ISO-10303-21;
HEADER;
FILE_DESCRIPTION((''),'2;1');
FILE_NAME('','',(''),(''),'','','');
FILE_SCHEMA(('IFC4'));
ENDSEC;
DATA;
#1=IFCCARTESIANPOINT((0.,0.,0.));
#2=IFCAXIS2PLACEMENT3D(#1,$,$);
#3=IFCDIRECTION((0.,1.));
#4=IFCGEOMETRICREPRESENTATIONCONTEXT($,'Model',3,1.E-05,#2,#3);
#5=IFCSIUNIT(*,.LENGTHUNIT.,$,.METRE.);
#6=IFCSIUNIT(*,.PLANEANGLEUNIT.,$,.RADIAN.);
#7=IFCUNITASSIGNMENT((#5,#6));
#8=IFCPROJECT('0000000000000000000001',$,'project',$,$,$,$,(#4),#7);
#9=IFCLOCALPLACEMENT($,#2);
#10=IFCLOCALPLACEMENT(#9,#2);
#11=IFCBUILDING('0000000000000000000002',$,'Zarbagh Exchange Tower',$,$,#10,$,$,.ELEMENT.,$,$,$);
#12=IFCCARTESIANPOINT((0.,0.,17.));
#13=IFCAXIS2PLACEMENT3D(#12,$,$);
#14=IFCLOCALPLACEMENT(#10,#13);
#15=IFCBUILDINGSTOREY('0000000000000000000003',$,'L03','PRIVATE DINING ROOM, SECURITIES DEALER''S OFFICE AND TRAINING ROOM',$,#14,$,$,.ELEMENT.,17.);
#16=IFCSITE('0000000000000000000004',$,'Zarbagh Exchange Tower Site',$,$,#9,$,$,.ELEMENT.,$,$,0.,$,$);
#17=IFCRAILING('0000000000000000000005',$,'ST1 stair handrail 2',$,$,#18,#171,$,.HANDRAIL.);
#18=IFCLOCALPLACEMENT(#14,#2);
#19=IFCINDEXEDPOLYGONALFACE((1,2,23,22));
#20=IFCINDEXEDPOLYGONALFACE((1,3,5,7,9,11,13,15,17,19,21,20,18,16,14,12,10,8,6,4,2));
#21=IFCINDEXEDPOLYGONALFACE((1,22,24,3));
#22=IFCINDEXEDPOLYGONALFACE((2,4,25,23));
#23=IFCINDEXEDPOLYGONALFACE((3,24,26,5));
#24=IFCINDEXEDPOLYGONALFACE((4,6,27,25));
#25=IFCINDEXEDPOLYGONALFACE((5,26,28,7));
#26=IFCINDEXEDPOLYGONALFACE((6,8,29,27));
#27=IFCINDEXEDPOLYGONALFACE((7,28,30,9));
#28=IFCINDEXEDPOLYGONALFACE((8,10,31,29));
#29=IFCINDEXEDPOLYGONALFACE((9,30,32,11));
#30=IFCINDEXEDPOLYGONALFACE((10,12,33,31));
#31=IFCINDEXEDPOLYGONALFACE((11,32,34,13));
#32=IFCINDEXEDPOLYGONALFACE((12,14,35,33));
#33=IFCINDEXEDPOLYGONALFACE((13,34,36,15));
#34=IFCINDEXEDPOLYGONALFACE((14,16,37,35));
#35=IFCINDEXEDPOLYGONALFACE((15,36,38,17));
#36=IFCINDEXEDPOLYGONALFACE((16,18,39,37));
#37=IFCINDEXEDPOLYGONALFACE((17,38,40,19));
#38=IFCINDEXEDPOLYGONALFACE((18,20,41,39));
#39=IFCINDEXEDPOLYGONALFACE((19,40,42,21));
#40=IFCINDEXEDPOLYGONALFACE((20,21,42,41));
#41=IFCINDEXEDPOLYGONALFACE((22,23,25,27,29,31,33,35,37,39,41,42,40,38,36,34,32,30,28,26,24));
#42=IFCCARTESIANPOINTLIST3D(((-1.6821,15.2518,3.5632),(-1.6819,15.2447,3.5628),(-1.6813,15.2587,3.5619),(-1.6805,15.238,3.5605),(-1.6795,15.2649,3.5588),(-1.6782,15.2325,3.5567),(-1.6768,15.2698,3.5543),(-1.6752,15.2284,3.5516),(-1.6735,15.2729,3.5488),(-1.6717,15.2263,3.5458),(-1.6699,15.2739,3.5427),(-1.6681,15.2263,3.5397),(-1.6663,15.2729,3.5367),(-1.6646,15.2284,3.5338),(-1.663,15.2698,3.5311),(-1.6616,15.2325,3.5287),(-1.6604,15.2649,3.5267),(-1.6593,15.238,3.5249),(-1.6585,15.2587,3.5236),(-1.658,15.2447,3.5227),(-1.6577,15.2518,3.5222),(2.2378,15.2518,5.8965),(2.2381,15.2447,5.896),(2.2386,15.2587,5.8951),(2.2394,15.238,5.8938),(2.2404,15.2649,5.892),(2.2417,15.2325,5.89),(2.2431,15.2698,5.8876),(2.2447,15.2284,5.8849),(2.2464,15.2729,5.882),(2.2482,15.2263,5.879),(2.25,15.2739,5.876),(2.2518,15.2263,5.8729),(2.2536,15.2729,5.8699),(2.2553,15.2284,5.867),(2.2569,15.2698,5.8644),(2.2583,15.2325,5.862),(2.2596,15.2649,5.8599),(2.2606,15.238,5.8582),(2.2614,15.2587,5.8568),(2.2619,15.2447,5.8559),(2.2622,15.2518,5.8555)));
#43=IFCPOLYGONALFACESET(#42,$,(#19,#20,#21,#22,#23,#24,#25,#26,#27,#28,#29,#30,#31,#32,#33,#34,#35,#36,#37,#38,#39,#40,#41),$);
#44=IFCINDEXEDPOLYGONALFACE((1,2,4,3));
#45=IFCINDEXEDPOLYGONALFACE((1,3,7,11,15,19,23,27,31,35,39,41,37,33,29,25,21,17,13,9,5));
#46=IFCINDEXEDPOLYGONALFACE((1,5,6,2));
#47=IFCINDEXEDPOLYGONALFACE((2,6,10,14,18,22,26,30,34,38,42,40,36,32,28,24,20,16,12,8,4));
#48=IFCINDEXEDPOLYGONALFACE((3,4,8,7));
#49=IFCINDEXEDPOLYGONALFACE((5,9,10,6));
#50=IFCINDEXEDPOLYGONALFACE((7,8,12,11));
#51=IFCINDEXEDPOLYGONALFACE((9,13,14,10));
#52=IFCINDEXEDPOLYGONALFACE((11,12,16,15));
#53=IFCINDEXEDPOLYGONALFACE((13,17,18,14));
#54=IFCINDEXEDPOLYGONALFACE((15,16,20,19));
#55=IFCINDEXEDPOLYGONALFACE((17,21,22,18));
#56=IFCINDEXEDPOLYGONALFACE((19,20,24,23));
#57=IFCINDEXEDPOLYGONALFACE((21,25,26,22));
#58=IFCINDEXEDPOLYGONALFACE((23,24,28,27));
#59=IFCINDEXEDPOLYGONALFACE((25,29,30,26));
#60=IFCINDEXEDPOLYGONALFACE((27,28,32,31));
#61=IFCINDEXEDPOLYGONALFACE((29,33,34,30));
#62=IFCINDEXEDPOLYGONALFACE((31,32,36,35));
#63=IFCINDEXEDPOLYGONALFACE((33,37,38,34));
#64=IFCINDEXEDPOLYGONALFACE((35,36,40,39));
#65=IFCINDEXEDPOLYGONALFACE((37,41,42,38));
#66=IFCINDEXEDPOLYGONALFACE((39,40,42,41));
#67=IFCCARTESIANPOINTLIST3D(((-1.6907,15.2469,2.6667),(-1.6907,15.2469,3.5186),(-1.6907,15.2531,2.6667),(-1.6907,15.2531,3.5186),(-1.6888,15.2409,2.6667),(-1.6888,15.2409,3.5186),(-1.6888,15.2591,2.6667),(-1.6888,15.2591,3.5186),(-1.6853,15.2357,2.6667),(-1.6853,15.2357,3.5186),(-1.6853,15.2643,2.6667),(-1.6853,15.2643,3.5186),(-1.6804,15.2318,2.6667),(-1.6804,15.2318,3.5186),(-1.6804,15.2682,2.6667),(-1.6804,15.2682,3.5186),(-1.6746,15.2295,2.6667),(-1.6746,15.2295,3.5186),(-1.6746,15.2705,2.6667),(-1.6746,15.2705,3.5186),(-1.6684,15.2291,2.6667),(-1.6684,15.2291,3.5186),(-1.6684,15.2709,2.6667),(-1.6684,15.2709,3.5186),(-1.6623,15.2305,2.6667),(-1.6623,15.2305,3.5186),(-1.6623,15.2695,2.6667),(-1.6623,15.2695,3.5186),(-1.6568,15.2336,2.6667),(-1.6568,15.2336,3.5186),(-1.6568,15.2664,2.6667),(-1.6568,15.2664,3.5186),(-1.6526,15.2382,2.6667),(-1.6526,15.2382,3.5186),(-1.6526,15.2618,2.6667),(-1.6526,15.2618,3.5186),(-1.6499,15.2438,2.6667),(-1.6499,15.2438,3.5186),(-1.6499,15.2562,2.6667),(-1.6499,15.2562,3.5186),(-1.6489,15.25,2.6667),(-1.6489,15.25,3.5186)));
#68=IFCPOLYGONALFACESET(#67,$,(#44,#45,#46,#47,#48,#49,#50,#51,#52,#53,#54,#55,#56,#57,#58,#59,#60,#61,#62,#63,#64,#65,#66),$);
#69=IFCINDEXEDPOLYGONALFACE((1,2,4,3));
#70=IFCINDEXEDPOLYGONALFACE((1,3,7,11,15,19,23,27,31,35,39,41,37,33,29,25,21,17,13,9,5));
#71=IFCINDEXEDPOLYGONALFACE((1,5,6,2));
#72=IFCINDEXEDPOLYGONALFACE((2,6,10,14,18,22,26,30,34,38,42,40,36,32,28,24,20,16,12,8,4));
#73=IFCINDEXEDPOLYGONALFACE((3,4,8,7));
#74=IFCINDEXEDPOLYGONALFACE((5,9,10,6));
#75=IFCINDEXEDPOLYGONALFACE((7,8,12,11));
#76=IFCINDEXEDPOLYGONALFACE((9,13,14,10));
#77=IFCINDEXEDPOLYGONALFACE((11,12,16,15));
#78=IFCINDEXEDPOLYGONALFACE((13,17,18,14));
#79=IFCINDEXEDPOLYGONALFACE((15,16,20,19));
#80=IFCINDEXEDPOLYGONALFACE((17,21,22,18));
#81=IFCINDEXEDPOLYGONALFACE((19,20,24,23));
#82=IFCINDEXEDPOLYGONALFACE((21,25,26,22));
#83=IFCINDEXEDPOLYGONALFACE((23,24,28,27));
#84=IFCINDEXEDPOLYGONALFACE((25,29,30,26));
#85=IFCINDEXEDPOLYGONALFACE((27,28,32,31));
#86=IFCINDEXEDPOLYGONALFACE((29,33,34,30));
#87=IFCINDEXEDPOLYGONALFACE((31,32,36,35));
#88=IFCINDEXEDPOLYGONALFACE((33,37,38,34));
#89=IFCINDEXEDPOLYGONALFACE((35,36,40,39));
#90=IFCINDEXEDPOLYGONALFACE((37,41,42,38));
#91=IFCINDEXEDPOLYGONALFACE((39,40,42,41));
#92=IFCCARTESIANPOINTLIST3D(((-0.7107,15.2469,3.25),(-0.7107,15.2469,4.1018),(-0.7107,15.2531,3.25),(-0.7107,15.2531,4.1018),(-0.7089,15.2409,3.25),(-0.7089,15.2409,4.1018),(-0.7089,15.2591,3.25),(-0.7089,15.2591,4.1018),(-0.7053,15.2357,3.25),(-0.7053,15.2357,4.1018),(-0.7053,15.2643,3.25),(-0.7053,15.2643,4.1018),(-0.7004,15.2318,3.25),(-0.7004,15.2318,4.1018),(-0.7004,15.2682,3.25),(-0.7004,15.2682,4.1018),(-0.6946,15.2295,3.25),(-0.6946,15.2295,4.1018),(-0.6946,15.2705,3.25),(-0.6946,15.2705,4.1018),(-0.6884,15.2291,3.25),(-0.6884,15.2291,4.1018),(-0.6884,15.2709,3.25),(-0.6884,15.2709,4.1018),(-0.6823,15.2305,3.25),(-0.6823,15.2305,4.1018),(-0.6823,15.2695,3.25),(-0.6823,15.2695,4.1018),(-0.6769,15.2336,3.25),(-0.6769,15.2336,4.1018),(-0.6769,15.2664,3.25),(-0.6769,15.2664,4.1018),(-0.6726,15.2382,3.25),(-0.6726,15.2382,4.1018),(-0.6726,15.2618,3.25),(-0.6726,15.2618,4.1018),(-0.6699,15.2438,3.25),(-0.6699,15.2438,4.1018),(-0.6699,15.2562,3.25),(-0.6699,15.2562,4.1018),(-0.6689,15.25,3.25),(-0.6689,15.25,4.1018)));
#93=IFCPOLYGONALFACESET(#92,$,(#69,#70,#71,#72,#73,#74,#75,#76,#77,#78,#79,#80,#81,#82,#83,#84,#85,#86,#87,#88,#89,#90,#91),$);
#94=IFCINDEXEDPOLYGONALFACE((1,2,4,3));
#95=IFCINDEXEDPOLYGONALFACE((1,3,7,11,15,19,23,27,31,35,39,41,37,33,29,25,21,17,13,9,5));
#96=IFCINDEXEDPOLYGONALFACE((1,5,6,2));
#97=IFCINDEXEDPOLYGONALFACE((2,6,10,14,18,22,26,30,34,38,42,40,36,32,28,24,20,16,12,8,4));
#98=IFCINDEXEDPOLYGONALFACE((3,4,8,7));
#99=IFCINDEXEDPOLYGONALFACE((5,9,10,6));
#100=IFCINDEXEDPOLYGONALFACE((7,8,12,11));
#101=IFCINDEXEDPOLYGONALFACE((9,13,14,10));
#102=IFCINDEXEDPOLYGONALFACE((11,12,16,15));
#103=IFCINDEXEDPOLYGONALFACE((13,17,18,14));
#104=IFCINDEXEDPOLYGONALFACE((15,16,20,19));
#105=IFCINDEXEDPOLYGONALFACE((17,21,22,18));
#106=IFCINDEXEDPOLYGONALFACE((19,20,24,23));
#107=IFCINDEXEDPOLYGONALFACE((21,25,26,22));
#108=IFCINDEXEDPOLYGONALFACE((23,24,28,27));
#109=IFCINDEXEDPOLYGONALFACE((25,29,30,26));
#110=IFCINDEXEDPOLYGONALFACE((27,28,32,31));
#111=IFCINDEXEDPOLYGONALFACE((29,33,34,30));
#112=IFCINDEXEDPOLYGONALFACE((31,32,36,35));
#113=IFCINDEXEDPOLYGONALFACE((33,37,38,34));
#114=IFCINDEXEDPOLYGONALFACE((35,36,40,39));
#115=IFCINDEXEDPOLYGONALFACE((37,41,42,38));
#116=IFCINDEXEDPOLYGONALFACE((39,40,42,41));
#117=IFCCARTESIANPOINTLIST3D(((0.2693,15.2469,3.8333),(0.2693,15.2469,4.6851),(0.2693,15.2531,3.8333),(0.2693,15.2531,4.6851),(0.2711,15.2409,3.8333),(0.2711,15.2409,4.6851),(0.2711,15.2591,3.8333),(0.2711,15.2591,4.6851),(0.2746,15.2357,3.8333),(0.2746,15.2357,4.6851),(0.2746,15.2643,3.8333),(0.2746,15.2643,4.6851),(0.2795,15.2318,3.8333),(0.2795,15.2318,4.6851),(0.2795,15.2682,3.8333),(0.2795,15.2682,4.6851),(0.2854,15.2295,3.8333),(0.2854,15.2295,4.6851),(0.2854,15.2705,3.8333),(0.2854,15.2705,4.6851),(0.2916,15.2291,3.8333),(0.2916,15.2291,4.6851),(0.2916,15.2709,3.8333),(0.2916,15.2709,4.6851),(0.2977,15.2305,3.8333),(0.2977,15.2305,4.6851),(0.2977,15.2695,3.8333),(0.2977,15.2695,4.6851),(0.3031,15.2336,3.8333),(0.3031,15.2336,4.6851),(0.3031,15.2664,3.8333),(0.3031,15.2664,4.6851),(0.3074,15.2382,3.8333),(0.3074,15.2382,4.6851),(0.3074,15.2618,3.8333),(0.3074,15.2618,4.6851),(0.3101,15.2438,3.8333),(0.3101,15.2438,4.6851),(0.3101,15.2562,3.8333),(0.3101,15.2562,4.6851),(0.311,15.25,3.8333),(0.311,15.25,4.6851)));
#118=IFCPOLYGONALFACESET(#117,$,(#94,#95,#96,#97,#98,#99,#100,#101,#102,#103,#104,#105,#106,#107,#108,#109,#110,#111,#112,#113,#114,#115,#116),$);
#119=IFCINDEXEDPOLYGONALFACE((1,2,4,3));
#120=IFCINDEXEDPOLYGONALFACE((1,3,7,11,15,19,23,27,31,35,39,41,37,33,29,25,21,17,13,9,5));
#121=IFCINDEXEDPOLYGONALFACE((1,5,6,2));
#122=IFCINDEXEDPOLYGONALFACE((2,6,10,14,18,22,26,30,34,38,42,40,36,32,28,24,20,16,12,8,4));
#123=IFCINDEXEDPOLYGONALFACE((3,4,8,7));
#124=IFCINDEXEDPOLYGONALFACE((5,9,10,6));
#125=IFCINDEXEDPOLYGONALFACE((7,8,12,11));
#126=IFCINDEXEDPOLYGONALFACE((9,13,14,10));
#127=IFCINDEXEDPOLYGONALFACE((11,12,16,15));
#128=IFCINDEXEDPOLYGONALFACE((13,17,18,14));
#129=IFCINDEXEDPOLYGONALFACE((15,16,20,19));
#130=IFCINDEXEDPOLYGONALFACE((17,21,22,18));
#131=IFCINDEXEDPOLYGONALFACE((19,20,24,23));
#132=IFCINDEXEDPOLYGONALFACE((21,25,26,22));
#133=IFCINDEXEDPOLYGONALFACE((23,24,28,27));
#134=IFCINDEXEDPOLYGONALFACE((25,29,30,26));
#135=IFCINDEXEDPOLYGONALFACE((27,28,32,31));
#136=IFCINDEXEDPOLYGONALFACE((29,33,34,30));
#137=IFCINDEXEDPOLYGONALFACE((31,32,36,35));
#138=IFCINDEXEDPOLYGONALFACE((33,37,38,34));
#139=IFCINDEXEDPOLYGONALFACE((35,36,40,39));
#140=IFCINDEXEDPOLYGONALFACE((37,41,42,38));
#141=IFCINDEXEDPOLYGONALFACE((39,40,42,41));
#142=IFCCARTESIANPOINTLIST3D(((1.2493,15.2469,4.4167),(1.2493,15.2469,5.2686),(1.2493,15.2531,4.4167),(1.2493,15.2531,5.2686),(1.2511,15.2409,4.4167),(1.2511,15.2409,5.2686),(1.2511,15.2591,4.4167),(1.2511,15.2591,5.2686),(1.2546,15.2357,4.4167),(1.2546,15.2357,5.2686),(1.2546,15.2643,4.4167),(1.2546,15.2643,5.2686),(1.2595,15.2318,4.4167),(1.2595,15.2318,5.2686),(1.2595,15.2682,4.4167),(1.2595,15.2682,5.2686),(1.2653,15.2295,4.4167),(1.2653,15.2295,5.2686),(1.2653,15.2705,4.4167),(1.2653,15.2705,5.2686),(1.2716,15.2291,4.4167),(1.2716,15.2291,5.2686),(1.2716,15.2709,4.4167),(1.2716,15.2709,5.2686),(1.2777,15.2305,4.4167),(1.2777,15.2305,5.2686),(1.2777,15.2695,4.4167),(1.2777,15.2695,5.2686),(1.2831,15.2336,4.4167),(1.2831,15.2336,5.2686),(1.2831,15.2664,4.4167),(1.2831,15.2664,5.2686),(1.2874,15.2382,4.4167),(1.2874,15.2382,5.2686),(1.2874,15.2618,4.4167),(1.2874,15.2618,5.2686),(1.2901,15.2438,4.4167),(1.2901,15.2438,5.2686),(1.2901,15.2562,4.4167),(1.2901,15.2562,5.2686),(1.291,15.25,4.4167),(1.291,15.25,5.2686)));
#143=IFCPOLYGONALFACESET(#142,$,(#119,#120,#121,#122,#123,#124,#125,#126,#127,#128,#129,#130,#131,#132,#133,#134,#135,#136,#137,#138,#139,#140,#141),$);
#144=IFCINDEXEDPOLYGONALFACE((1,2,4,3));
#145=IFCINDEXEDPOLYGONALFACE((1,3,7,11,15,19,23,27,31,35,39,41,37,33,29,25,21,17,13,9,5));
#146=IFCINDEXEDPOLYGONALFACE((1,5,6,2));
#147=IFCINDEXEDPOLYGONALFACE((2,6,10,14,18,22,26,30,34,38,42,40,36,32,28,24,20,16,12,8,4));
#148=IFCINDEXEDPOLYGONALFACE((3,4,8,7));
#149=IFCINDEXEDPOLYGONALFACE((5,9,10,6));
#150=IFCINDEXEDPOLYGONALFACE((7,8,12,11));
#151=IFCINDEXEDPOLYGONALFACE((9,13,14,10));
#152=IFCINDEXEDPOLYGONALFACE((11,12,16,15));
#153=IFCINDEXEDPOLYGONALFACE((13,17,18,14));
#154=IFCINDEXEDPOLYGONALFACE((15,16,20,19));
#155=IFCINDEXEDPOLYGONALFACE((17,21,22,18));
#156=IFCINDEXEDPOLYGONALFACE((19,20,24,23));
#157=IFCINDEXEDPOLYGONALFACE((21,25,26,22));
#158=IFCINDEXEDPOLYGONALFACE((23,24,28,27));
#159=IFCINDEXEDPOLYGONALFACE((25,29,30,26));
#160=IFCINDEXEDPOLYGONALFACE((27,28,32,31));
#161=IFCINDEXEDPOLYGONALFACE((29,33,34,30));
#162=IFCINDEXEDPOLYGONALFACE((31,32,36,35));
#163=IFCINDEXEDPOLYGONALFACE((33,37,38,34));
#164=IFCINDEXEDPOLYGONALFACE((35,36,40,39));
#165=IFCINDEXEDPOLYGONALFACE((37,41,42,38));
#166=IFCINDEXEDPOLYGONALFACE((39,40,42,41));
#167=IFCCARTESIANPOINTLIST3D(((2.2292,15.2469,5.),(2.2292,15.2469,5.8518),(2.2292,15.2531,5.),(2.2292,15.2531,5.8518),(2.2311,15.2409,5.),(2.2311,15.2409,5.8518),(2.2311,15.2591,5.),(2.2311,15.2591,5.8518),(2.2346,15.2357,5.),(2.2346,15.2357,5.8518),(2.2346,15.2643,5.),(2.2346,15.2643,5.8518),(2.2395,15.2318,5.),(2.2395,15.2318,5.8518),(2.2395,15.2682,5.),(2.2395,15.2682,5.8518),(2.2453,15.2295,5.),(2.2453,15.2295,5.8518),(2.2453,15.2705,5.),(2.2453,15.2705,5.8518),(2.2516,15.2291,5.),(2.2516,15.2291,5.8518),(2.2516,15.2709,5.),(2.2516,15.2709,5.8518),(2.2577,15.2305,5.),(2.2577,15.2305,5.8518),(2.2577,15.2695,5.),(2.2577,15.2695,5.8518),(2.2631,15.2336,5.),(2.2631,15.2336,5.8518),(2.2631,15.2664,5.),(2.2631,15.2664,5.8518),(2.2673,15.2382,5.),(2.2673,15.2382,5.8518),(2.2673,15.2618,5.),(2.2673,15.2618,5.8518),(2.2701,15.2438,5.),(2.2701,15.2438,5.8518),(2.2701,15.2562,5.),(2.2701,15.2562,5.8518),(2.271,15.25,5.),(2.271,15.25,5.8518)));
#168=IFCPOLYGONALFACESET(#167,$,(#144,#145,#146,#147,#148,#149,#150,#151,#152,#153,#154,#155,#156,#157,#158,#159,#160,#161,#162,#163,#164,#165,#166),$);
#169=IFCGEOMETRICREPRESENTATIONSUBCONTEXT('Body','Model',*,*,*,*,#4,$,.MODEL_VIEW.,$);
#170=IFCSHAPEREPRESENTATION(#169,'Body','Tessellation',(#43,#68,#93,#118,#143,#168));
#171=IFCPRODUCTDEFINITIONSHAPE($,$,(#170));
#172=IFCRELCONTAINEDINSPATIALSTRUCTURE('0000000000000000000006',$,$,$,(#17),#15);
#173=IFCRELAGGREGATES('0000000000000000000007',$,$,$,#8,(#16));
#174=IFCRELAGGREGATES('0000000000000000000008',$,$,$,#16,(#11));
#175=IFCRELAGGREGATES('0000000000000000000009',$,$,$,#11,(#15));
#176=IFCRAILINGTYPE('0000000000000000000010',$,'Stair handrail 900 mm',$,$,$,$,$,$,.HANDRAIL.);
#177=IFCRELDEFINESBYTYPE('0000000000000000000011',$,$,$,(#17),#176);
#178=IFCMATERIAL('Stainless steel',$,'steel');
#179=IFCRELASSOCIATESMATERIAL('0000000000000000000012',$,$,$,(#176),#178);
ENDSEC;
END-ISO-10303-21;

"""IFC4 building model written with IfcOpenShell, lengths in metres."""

from ifc_helpers import new_model, si_unit, direction, frame, origin, origin_2d, place, context, subcontext, project, spatial, circle, extrude, material, type_object, element, save


model = new_model("IFC4")

# Units and contexts
model_context = context("Model", 3, precision=1e-05, world=origin(), true_north=direction((0.0, 1.0)))
body_context = subcontext(model_context, "Body", "Model", "MODEL_VIEW")
ifc_project = project(units=[si_unit("LENGTHUNIT", "METRE"), si_unit("PLANEANGLEUNIT", "RADIAN")], contexts=[model_context])

# Site, building, storey
site_placement = place(None, origin())
site = spatial("IfcSite", under=ifc_project, at=site_placement, Name="Zarbagh Exchange Tower Site", CompositionType="ELEMENT", RefElevation=0.0)
building_placement = place(site_placement, origin())
building = spatial("IfcBuilding", under=site, at=building_placement, Name="Zarbagh Exchange Tower", CompositionType="ELEMENT")
storey_placement = place(building_placement, frame((0.0, 0.0, 17.0)))
storey = spatial("IfcBuildingStorey", under=building, at=storey_placement, Name="L03", Description="PRIVATE DINING ROOM, SECURITIES DEALER'S OFFICE AND TRAINING ROOM", CompositionType="ELEMENT", Elevation=17.0)

# Shared definitions
ifc_material_1 = material(Name="Stainless steel", Category="steel")

# Railing
railing_type_1 = type_object("IfcRailingType", Name="Stair handrail 900 mm", PredefinedType="HANDRAIL", material=ifc_material_1)
for number, where, name in (
    (1, (-1.6699, 15.25, 2.6667), "ST1 stair handrail 2"),
):
    element("IfcRailing", number, at=place(storey_placement, frame(where)), inside=storey, type_object=railing_type_1, Name=name, PredefinedType="HANDRAIL", context=body_context, shape_type="SweptSolid", body=[
        extrude(circle(Radius=0.0239, at=origin_2d()), frame((0.0, 0.0, 0.876), z_axis=(0.859296, 0.0, 0.511478), x_axis=(0.0, 1.0, 0.0)), (0.0, 0.0, 1.0), 4.5618),
        extrude(circle(Radius=0.021, at=origin_2d()), origin(), (0.0, 0.0, 1.0), 0.8518),
        extrude(circle(Radius=0.021, at=origin_2d()), frame((0.98, 0.0, 0.5833)), (0.0, 0.0, 1.0), 0.8518),
        extrude(circle(Radius=0.021, at=origin_2d()), frame((1.96, 0.0, 1.1665)), (0.0, 0.0, 1.0), 0.8518),
        extrude(circle(Radius=0.021, at=origin_2d()), frame((2.9399, 0.0, 1.75)), (0.0, 0.0, 1.0), 0.8518),
        extrude(circle(Radius=0.021, at=origin_2d()), frame((3.9199, 0.0, 2.3333)), (0.0, 0.0, 1.0), 0.8518),
    ])

save(model, "model.ifc")
